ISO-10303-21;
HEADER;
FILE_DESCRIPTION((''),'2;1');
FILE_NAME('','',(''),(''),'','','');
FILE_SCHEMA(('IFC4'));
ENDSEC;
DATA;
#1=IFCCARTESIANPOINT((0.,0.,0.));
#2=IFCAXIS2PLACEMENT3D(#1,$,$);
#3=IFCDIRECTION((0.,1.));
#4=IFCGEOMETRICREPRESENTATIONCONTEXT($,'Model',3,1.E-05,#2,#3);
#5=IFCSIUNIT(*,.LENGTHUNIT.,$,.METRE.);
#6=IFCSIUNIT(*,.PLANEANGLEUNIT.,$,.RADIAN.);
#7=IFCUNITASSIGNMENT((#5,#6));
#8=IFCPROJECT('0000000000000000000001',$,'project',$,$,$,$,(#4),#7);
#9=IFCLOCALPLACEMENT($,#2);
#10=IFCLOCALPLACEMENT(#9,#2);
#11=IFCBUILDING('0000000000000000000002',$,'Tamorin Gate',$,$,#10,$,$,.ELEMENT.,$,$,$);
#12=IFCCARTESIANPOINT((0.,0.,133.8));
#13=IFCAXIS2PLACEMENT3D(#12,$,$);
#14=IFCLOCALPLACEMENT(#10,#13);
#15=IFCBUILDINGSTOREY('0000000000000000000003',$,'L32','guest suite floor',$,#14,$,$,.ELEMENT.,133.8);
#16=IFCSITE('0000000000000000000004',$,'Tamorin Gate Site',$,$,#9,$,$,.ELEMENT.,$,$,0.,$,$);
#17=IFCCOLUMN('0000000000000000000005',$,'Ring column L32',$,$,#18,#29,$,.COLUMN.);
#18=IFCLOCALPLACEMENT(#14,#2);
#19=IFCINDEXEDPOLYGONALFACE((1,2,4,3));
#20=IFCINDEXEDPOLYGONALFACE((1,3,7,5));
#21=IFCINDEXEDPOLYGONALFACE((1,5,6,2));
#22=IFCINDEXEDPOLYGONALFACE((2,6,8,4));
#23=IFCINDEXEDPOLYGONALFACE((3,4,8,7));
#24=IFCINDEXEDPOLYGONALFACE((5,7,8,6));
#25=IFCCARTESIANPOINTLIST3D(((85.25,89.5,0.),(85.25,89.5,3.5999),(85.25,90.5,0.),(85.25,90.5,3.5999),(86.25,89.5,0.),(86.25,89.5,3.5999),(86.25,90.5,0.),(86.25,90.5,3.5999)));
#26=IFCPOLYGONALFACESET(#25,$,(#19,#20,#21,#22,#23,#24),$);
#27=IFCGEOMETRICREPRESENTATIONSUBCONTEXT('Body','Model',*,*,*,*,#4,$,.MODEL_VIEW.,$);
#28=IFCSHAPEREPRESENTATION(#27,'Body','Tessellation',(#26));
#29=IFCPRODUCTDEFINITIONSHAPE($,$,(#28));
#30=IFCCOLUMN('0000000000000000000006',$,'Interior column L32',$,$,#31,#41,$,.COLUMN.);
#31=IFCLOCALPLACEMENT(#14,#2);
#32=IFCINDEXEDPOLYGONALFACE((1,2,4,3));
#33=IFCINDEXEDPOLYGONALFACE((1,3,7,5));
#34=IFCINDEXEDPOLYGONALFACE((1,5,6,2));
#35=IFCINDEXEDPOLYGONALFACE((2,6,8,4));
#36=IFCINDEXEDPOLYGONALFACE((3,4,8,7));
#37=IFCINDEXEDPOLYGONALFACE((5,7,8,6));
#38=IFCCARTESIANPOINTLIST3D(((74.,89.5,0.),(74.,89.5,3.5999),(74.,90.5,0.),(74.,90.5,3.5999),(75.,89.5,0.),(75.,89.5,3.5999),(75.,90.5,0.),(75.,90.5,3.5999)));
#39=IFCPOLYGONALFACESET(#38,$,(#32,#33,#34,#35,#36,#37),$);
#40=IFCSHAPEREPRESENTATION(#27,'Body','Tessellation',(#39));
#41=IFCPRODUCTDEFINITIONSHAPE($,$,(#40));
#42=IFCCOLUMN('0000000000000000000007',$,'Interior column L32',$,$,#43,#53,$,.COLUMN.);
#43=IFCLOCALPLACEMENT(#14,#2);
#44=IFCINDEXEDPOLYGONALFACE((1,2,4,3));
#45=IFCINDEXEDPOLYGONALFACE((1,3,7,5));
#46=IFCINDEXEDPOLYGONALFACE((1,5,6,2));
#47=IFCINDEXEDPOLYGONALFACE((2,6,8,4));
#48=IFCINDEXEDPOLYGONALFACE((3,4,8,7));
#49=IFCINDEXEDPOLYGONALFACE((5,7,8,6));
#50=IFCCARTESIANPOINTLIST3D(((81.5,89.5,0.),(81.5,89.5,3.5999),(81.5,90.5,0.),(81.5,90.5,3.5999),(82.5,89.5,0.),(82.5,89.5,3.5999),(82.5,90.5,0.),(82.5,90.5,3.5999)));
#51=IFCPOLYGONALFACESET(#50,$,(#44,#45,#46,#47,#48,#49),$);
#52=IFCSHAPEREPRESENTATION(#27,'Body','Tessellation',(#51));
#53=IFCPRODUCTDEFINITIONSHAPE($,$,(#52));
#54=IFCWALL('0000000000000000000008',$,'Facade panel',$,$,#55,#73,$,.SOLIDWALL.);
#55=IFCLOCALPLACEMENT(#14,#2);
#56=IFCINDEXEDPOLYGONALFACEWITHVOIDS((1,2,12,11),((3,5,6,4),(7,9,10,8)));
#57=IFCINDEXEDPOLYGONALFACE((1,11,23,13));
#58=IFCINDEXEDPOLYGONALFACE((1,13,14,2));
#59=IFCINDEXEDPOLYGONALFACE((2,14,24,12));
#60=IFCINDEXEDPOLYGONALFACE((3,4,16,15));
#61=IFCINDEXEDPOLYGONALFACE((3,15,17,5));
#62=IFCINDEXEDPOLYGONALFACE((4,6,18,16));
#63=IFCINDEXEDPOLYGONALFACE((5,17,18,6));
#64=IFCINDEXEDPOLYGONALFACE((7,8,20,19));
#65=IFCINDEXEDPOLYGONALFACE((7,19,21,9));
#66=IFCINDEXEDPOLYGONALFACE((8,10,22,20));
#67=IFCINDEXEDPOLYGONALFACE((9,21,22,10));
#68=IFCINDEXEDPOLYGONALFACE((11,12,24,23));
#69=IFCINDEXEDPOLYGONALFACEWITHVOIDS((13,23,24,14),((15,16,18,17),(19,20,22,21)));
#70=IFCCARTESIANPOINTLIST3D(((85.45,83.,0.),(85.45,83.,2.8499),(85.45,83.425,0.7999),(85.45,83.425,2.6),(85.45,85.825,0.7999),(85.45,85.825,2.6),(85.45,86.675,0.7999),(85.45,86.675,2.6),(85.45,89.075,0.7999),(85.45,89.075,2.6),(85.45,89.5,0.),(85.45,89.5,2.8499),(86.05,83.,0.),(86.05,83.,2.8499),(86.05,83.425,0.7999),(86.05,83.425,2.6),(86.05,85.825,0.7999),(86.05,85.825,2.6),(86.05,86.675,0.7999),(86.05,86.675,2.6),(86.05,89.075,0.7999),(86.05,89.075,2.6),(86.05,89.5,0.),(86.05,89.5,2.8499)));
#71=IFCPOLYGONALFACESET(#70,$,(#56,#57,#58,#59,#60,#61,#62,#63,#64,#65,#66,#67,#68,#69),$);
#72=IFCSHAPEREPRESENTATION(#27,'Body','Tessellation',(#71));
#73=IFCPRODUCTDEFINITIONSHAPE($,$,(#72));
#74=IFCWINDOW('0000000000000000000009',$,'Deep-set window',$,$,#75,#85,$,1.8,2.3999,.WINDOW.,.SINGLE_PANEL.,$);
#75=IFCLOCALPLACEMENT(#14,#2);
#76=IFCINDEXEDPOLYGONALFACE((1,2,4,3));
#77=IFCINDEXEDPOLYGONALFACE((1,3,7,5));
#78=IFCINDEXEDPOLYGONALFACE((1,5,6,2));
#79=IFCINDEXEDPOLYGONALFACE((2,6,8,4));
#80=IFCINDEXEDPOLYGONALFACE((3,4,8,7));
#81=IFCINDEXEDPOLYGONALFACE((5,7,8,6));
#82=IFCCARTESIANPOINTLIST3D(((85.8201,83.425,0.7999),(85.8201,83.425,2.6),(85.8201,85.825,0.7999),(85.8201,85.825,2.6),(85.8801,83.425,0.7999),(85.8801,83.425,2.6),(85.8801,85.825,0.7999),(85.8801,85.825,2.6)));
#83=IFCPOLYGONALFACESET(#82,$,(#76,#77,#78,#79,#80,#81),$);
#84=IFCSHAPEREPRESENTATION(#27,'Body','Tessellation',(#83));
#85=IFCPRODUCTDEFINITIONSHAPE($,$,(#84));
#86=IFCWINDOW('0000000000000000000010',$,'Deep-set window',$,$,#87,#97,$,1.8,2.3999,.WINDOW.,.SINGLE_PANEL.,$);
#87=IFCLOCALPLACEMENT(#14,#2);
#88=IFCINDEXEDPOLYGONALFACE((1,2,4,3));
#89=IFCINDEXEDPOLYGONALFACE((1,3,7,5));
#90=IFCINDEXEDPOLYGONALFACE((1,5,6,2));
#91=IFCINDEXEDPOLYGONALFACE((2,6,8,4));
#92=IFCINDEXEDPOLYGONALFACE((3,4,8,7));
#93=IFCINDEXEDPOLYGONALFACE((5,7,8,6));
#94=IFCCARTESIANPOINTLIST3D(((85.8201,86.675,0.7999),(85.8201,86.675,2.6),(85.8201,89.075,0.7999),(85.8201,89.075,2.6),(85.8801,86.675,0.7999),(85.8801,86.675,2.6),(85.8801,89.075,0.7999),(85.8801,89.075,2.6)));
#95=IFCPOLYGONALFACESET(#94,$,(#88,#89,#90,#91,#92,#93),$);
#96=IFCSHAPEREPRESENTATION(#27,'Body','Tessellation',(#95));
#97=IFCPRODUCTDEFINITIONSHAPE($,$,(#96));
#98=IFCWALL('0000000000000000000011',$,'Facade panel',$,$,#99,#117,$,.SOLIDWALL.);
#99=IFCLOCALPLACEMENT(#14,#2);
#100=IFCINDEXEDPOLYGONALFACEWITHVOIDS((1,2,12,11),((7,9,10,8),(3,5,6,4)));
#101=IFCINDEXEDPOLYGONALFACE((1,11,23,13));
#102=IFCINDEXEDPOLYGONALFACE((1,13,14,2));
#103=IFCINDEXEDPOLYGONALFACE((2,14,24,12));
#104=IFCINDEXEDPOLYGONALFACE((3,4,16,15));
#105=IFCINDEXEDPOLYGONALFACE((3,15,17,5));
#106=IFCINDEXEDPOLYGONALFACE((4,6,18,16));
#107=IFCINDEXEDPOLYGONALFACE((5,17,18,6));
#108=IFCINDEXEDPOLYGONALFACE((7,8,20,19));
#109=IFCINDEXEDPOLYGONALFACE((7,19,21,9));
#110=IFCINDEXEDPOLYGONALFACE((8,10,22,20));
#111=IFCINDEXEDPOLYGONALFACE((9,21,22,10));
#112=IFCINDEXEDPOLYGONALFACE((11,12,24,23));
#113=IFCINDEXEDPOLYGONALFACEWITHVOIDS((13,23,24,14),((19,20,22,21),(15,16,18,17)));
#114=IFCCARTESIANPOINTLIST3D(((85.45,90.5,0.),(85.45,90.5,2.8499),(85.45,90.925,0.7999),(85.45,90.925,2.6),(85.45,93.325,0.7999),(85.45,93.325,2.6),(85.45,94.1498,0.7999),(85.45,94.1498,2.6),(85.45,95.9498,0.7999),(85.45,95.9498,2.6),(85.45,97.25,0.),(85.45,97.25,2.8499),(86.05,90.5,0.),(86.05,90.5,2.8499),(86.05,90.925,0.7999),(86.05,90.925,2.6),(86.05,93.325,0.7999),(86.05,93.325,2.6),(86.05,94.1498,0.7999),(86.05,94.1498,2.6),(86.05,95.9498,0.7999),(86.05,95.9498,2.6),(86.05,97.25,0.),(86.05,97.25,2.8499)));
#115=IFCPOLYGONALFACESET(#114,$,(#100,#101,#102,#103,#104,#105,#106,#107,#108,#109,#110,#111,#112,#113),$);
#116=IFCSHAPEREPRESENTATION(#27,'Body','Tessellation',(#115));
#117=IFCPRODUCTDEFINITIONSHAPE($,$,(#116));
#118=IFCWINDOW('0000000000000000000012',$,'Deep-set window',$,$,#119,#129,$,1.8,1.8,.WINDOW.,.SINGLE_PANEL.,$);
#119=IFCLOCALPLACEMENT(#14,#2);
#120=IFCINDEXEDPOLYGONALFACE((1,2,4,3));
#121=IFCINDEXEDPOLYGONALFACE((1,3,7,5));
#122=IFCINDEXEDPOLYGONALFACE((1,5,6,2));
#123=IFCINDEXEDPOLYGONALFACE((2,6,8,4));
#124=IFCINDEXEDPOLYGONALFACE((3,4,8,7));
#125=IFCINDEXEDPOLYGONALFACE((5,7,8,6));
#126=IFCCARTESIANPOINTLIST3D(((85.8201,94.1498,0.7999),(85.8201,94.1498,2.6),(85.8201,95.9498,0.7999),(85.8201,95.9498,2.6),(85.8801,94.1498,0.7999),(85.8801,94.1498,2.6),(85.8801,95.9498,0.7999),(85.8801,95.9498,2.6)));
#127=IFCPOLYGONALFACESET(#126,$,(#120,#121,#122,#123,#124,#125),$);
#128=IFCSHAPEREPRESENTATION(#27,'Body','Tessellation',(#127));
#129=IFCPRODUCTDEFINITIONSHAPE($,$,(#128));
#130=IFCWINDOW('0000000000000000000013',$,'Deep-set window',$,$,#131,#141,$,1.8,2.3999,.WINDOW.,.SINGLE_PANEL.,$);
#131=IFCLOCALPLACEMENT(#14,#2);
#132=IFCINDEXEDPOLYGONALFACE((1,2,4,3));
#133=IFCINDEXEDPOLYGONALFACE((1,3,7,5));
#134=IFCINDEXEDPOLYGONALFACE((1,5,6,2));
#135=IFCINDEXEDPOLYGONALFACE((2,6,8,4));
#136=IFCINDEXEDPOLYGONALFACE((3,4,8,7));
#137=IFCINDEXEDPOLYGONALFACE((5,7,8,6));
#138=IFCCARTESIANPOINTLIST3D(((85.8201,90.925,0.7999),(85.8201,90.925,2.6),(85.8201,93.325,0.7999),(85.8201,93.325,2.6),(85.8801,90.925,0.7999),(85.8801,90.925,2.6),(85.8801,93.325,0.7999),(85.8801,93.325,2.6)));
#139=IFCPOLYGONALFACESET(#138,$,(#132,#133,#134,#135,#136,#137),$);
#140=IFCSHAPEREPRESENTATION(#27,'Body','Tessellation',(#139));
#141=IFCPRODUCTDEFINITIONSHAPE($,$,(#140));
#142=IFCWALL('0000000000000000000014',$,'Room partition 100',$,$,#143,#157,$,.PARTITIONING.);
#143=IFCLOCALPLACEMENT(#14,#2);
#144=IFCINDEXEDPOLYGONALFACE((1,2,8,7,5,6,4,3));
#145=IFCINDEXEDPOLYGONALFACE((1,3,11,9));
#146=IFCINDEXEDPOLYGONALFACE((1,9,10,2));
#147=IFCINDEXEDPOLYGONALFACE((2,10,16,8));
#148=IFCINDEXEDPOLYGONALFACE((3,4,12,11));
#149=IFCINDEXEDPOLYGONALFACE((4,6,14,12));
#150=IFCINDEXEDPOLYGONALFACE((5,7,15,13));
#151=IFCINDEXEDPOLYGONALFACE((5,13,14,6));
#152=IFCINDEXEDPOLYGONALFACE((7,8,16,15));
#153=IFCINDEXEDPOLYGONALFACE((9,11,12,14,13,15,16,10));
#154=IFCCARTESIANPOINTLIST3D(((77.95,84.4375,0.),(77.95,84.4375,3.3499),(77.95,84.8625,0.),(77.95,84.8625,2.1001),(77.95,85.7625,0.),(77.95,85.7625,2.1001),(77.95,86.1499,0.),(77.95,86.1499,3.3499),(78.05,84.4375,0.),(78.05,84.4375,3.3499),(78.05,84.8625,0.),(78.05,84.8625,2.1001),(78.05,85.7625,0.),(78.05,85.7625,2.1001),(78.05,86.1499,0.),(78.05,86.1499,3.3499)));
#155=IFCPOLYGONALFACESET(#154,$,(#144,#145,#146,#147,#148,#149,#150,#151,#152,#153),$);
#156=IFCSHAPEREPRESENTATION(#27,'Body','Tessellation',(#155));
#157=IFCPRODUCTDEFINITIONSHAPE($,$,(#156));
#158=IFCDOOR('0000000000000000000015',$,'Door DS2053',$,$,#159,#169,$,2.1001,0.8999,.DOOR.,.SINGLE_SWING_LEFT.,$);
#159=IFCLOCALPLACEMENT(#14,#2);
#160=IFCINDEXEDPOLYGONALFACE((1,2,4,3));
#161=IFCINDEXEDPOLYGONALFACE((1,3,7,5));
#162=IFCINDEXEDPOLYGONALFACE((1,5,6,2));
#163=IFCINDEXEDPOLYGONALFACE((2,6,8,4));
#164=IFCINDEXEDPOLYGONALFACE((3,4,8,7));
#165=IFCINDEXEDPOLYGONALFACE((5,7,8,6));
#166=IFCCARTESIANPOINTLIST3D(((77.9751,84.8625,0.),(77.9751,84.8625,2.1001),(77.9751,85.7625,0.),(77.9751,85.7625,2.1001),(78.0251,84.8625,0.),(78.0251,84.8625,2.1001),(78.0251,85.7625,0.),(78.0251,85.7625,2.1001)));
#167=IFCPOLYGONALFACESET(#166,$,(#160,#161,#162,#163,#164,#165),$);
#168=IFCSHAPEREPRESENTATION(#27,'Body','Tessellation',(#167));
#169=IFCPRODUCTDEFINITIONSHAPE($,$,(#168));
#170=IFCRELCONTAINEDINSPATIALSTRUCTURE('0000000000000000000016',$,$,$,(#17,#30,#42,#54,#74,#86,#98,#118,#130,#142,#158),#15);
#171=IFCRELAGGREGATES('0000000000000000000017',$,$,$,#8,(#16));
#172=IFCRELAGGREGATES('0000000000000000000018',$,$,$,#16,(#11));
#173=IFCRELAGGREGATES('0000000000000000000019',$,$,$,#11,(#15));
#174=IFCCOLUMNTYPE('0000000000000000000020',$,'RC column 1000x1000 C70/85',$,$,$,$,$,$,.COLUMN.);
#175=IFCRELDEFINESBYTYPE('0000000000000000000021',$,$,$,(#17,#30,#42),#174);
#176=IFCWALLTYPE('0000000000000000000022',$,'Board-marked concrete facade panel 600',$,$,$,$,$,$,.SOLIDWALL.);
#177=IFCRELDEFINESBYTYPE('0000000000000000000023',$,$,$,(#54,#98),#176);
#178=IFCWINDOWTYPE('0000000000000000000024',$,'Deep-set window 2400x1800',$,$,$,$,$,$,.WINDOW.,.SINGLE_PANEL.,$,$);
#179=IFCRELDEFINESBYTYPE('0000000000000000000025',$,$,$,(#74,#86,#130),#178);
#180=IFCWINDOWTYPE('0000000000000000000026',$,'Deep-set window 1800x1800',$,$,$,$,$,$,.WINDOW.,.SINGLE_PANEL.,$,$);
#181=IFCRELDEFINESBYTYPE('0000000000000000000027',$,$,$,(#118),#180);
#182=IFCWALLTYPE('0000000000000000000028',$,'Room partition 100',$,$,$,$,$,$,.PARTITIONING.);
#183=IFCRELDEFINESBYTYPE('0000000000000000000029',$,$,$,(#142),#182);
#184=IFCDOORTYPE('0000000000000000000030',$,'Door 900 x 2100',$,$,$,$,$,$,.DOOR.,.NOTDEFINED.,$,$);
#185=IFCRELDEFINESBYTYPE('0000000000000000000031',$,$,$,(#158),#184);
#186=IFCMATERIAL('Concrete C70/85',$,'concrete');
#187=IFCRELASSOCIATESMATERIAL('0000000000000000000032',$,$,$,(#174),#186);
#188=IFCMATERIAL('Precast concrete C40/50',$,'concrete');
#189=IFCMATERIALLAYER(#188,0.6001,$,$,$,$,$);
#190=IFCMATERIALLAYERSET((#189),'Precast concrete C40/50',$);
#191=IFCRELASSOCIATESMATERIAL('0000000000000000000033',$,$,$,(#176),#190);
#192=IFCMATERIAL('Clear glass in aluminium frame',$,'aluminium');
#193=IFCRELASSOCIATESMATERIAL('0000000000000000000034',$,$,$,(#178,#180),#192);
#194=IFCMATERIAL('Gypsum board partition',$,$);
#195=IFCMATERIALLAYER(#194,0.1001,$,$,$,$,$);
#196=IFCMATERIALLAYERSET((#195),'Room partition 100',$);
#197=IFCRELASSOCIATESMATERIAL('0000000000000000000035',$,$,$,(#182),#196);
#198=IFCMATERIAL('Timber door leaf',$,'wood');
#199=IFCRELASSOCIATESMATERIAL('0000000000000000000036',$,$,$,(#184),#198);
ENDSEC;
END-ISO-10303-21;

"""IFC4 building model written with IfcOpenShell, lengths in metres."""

from ifc_helpers import new_model, si_unit, direction, frame, frame_2d, origin, origin_2d, place, context, subcontext, project, spatial, rectangle, extrude, material, layer, layer_set, material_profile, profile_set, type_object, element, fill, save


model = new_model("IFC4")

# Units and contexts
model_context = context("Model", 3, precision=1e-05, world=origin(), true_north=direction((0.0, 1.0)))
body_context = subcontext(model_context, "Body", "Model", "MODEL_VIEW")
ifc_project = project(units=[si_unit("LENGTHUNIT", "METRE"), si_unit("PLANEANGLEUNIT", "RADIAN")], contexts=[model_context])

# Site, building, storey
site_placement = place(None, origin())
site = spatial("IfcSite", under=ifc_project, at=site_placement, Name="Tamorin Gate Site", CompositionType="ELEMENT", RefElevation=0.0)
building_placement = place(site_placement, origin())
building = spatial("IfcBuilding", under=site, at=building_placement, Name="Tamorin Gate", CompositionType="ELEMENT")
storey_placement = place(building_placement, frame((0.0, 0.0, 133.8)))
storey = spatial("IfcBuildingStorey", under=building, at=storey_placement, Name="L32", Description="guest suite floor", CompositionType="ELEMENT", Elevation=133.8)

# Columns
ifc_material_1 = material(Name="Concrete C70/85", Category="concrete")
ifc_material_profile = material_profile(ifc_material_1, rectangle(XDim=1.0, YDim=1.0, at=origin_2d()), Name="RC 1000x1000")
ifc_profile_set = profile_set([ifc_material_profile], Name="Concrete C70/85")
column_type = type_object("IfcColumnType", Name="RC column 1000x1000 C70/85", PredefinedType="COLUMN", material=ifc_profile_set)
for number, where, z_axis, x_axis, name in (
    (1, (85.75, 90.0, 0.0), (0.0, 0.0, 1.0), (1.0, 0.0, 0.0), "Ring column L32"),
    (2, (74.5, 90.0, 0.0), (0.0, 0.0, 1.0), (1.0, 0.0, 0.0), "Interior column L32"),
    (3, (82.0, 90.0, 0.0), (0.0, 0.0, 1.0), (1.0, 0.0, 0.0), "Interior column L32"),
):
    element("IfcColumn", number, at=place(storey_placement, frame(where, z_axis=z_axis, x_axis=x_axis)), inside=storey, type_object=column_type, Name=name, PredefinedType="COLUMN", context=body_context, shape_type="SweptSolid", body=[
        extrude(rectangle(XDim=1.0, YDim=1.0, at=origin_2d()), origin(), (0.0, 0.0, 1.0), 3.5999),
    ])

# Walls, openings, windows
ifc_material_2 = material(Name="Precast concrete C40/50", Category="concrete")
ifc_layer_1 = layer(ifc_material_2, 0.6001)
ifc_layer_set_1 = layer_set([ifc_layer_1], Name="Precast concrete C40/50")
wall_type_1 = type_object("IfcWallType", Name="Board-marked concrete facade panel 600", PredefinedType="SOLIDWALL", material=ifc_layer_set_1)
wall_1_placement = place(storey_placement, frame((85.75, 83.0, 0.0), z_axis=(0.0, 0.0, 1.0), x_axis=(0.0, 1.0, 0.0)))
wall_1 = element("IfcWall", 4, at=wall_1_placement, inside=storey, type_object=wall_type_1, Name="Facade panel", PredefinedType="SOLIDWALL", context=body_context, shape_type="SweptSolid", body=[
    extrude(rectangle(XDim=6.5, YDim=0.6001, at=frame_2d((3.25, 0.0))), origin(), (0.0, 0.0, 1.0), 2.8499),
])
opening_1_placement = place(wall_1_placement, frame((0.425, 0.0, 0.8)))
opening_1 = element("IfcOpeningElement", 5, at=opening_1_placement, cuts=wall_1, PredefinedType="OPENING", context=body_context, shape_type="SweptSolid", body=[
    extrude(rectangle(XDim=2.3999, YDim=1.8, at=frame_2d((1.2, 0.8999))), frame((0.0, 0.3101, 0.0), z_axis=(0.0, -1.0, 0.0), x_axis=(1.0, 0.0, 0.0)), (0.0, 0.0, 1.0), 0.6201),
])
opening_2_placement = place(wall_1_placement, frame((3.675, 0.0, 0.8)))
opening_2 = element("IfcOpeningElement", 6, at=opening_2_placement, cuts=wall_1, PredefinedType="OPENING", context=body_context, shape_type="SweptSolid", body=[
    extrude(rectangle(XDim=2.3999, YDim=1.8, at=frame_2d((1.2, 0.8999))), frame((0.0, 0.3101, 0.0), z_axis=(0.0, -1.0, 0.0), x_axis=(1.0, 0.0, 0.0)), (0.0, 0.0, 1.0), 0.6201),
])
ifc_material_3 = material(Name="Clear glass in aluminium frame", Category="aluminium")
window_type_1 = type_object("IfcWindowType", Name="Deep-set window 2400x1800", PartitioningType="SINGLE_PANEL", PredefinedType="WINDOW", material=ifc_material_3)
window_1_placement = place(opening_1_placement, origin())
window_1 = element("IfcWindow", 7, at=window_1_placement, inside=storey, type_object=window_type_1, Name="Deep-set window", OverallHeight=1.8, OverallWidth=2.3999, PartitioningType="SINGLE_PANEL", PredefinedType="WINDOW", context=body_context, shape_type="SweptSolid", body=[
    extrude(rectangle(XDim=2.3999, YDim=1.8, at=frame_2d((1.2, 0.8999))), frame((0.0, -0.0701, 0.0), z_axis=(0.0, -1.0, 0.0), x_axis=(1.0, 0.0, 0.0)), (0.0, 0.0, 1.0), 0.0601),
])
fill(opening_1, window_1)
window_2_placement = place(opening_2_placement, origin())
window_2 = element("IfcWindow", 8, at=window_2_placement, inside=storey, type_object=window_type_1, Name="Deep-set window", OverallHeight=1.8, OverallWidth=2.3999, PartitioningType="SINGLE_PANEL", PredefinedType="WINDOW", context=body_context, shape_type="SweptSolid", body=[
    extrude(rectangle(XDim=2.3999, YDim=1.8, at=frame_2d((1.2, 0.8999))), frame((0.0, -0.0701, 0.0), z_axis=(0.0, -1.0, 0.0), x_axis=(1.0, 0.0, 0.0)), (0.0, 0.0, 1.0), 0.0601),
])
fill(opening_2, window_2)
wall_2_placement = place(storey_placement, frame((85.75, 90.5, 0.0), z_axis=(0.0, 0.0, 1.0), x_axis=(0.0, 1.0, 0.0)))
wall_2 = element("IfcWall", 9, at=wall_2_placement, inside=storey, type_object=wall_type_1, Name="Facade panel", PredefinedType="SOLIDWALL", context=body_context, shape_type="SweptSolid", body=[
    extrude(rectangle(XDim=6.75, YDim=0.6001, at=frame_2d((3.375, 0.0))), origin(), (0.0, 0.0, 1.0), 2.8499),
])
opening_3_placement = place(wall_2_placement, frame((0.425, 0.0, 0.8)))
opening_3 = element("IfcOpeningElement", 10, at=opening_3_placement, cuts=wall_2, PredefinedType="OPENING", context=body_context, shape_type="SweptSolid", body=[
    extrude(rectangle(XDim=2.3999, YDim=1.8, at=frame_2d((1.2, 0.8999))), frame((0.0, 0.3101, 0.0), z_axis=(0.0, -1.0, 0.0), x_axis=(1.0, 0.0, 0.0)), (0.0, 0.0, 1.0), 0.6201),
])
opening_4_placement = place(wall_2_placement, frame((3.6499, 0.0, 0.8)))
opening_4 = element("IfcOpeningElement", 11, at=opening_4_placement, cuts=wall_2, PredefinedType="OPENING", context=body_context, shape_type="SweptSolid", body=[
    extrude(rectangle(XDim=1.8, YDim=1.8, at=frame_2d((0.8999, 0.8999))), frame((0.0, 0.3101, 0.0), z_axis=(0.0, -1.0, 0.0), x_axis=(1.0, 0.0, 0.0)), (0.0, 0.0, 1.0), 0.6201),
])
window_type_2 = type_object("IfcWindowType", Name="Deep-set window 1800x1800", PartitioningType="SINGLE_PANEL", PredefinedType="WINDOW", material=ifc_material_3)
window_3_placement = place(opening_4_placement, origin())
window_3 = element("IfcWindow", 12, at=window_3_placement, inside=storey, type_object=window_type_2, Name="Deep-set window", OverallHeight=1.8, OverallWidth=1.8, PartitioningType="SINGLE_PANEL", PredefinedType="WINDOW", context=body_context, shape_type="SweptSolid", body=[
    extrude(rectangle(XDim=1.8, YDim=1.8, at=frame_2d((0.8999, 0.8999))), frame((0.0, -0.0701, 0.0), z_axis=(0.0, -1.0, 0.0), x_axis=(1.0, 0.0, 0.0)), (0.0, 0.0, 1.0), 0.0601),
])
fill(opening_4, window_3)
window_4_placement = place(opening_3_placement, origin())
window_4 = element("IfcWindow", 13, at=window_4_placement, inside=storey, type_object=window_type_1, Name="Deep-set window", OverallHeight=1.8, OverallWidth=2.3999, PartitioningType="SINGLE_PANEL", PredefinedType="WINDOW", context=body_context, shape_type="SweptSolid", body=[
    extrude(rectangle(XDim=2.3999, YDim=1.8, at=frame_2d((1.2, 0.8999))), frame((0.0, -0.0701, 0.0), z_axis=(0.0, -1.0, 0.0), x_axis=(1.0, 0.0, 0.0)), (0.0, 0.0, 1.0), 0.0601),
])
fill(opening_3, window_4)

# Wall, opening, door
ifc_material_4 = material(Name="Gypsum board partition")
ifc_layer_2 = layer(ifc_material_4, 0.1001)
ifc_layer_set_2 = layer_set([ifc_layer_2], Name="Room partition 100")
wall_type_2 = type_object("IfcWallType", Name="Room partition 100", PredefinedType="PARTITIONING", material=ifc_layer_set_2)
wall_3_placement = place(storey_placement, frame((78.0, 84.4375, 0.0), z_axis=(0.0, 0.0, 1.0), x_axis=(0.0, 1.0, 0.0)))
wall_3 = element("IfcWall", 14, at=wall_3_placement, inside=storey, type_object=wall_type_2, Name="Room partition 100", PredefinedType="PARTITIONING", context=body_context, shape_type="SweptSolid", body=[
    extrude(rectangle(XDim=1.7124, YDim=0.1001, at=frame_2d((0.8562, 0.0))), origin(), (0.0, 0.0, 1.0), 3.3499),
])
opening_5_placement = place(wall_3_placement, frame((0.425, 0.0, 0.0)))
opening_5 = element("IfcOpeningElement", 15, at=opening_5_placement, cuts=wall_3, PredefinedType="OPENING", context=body_context, shape_type="SweptSolid", body=[
    extrude(rectangle(XDim=0.8999, YDim=2.1001, at=frame_2d((0.45, 1.05))), frame((0.0, 0.0601, 0.0), z_axis=(0.0, -1.0, 0.0), x_axis=(1.0, 0.0, 0.0)), (0.0, 0.0, 1.0), 0.1201),
])
ifc_material_5 = material(Name="Timber door leaf", Category="wood")
door_type = type_object("IfcDoorType", Name="Door 900 x 2100", OperationType="NOTDEFINED", PredefinedType="DOOR", material=ifc_material_5)
door_1_placement = place(opening_5_placement, origin())
door_1 = element("IfcDoor", 16, at=door_1_placement, inside=storey, type_object=door_type, Name="Door DS2053", OperationType="SINGLE_SWING_LEFT", OverallHeight=2.1001, OverallWidth=0.8999, PredefinedType="DOOR", context=body_context, shape_type="SweptSolid", body=[
    extrude(rectangle(XDim=0.8999, YDim=2.1001, at=frame_2d((0.45, 1.05))), frame((0.0, 0.0249, 0.0), z_axis=(0.0, -1.0, 0.0), x_axis=(1.0, 0.0, 0.0)), (0.0, 0.0, 1.0), 0.05),
])
fill(opening_5, door_1)

save(model, "model.ifc")
